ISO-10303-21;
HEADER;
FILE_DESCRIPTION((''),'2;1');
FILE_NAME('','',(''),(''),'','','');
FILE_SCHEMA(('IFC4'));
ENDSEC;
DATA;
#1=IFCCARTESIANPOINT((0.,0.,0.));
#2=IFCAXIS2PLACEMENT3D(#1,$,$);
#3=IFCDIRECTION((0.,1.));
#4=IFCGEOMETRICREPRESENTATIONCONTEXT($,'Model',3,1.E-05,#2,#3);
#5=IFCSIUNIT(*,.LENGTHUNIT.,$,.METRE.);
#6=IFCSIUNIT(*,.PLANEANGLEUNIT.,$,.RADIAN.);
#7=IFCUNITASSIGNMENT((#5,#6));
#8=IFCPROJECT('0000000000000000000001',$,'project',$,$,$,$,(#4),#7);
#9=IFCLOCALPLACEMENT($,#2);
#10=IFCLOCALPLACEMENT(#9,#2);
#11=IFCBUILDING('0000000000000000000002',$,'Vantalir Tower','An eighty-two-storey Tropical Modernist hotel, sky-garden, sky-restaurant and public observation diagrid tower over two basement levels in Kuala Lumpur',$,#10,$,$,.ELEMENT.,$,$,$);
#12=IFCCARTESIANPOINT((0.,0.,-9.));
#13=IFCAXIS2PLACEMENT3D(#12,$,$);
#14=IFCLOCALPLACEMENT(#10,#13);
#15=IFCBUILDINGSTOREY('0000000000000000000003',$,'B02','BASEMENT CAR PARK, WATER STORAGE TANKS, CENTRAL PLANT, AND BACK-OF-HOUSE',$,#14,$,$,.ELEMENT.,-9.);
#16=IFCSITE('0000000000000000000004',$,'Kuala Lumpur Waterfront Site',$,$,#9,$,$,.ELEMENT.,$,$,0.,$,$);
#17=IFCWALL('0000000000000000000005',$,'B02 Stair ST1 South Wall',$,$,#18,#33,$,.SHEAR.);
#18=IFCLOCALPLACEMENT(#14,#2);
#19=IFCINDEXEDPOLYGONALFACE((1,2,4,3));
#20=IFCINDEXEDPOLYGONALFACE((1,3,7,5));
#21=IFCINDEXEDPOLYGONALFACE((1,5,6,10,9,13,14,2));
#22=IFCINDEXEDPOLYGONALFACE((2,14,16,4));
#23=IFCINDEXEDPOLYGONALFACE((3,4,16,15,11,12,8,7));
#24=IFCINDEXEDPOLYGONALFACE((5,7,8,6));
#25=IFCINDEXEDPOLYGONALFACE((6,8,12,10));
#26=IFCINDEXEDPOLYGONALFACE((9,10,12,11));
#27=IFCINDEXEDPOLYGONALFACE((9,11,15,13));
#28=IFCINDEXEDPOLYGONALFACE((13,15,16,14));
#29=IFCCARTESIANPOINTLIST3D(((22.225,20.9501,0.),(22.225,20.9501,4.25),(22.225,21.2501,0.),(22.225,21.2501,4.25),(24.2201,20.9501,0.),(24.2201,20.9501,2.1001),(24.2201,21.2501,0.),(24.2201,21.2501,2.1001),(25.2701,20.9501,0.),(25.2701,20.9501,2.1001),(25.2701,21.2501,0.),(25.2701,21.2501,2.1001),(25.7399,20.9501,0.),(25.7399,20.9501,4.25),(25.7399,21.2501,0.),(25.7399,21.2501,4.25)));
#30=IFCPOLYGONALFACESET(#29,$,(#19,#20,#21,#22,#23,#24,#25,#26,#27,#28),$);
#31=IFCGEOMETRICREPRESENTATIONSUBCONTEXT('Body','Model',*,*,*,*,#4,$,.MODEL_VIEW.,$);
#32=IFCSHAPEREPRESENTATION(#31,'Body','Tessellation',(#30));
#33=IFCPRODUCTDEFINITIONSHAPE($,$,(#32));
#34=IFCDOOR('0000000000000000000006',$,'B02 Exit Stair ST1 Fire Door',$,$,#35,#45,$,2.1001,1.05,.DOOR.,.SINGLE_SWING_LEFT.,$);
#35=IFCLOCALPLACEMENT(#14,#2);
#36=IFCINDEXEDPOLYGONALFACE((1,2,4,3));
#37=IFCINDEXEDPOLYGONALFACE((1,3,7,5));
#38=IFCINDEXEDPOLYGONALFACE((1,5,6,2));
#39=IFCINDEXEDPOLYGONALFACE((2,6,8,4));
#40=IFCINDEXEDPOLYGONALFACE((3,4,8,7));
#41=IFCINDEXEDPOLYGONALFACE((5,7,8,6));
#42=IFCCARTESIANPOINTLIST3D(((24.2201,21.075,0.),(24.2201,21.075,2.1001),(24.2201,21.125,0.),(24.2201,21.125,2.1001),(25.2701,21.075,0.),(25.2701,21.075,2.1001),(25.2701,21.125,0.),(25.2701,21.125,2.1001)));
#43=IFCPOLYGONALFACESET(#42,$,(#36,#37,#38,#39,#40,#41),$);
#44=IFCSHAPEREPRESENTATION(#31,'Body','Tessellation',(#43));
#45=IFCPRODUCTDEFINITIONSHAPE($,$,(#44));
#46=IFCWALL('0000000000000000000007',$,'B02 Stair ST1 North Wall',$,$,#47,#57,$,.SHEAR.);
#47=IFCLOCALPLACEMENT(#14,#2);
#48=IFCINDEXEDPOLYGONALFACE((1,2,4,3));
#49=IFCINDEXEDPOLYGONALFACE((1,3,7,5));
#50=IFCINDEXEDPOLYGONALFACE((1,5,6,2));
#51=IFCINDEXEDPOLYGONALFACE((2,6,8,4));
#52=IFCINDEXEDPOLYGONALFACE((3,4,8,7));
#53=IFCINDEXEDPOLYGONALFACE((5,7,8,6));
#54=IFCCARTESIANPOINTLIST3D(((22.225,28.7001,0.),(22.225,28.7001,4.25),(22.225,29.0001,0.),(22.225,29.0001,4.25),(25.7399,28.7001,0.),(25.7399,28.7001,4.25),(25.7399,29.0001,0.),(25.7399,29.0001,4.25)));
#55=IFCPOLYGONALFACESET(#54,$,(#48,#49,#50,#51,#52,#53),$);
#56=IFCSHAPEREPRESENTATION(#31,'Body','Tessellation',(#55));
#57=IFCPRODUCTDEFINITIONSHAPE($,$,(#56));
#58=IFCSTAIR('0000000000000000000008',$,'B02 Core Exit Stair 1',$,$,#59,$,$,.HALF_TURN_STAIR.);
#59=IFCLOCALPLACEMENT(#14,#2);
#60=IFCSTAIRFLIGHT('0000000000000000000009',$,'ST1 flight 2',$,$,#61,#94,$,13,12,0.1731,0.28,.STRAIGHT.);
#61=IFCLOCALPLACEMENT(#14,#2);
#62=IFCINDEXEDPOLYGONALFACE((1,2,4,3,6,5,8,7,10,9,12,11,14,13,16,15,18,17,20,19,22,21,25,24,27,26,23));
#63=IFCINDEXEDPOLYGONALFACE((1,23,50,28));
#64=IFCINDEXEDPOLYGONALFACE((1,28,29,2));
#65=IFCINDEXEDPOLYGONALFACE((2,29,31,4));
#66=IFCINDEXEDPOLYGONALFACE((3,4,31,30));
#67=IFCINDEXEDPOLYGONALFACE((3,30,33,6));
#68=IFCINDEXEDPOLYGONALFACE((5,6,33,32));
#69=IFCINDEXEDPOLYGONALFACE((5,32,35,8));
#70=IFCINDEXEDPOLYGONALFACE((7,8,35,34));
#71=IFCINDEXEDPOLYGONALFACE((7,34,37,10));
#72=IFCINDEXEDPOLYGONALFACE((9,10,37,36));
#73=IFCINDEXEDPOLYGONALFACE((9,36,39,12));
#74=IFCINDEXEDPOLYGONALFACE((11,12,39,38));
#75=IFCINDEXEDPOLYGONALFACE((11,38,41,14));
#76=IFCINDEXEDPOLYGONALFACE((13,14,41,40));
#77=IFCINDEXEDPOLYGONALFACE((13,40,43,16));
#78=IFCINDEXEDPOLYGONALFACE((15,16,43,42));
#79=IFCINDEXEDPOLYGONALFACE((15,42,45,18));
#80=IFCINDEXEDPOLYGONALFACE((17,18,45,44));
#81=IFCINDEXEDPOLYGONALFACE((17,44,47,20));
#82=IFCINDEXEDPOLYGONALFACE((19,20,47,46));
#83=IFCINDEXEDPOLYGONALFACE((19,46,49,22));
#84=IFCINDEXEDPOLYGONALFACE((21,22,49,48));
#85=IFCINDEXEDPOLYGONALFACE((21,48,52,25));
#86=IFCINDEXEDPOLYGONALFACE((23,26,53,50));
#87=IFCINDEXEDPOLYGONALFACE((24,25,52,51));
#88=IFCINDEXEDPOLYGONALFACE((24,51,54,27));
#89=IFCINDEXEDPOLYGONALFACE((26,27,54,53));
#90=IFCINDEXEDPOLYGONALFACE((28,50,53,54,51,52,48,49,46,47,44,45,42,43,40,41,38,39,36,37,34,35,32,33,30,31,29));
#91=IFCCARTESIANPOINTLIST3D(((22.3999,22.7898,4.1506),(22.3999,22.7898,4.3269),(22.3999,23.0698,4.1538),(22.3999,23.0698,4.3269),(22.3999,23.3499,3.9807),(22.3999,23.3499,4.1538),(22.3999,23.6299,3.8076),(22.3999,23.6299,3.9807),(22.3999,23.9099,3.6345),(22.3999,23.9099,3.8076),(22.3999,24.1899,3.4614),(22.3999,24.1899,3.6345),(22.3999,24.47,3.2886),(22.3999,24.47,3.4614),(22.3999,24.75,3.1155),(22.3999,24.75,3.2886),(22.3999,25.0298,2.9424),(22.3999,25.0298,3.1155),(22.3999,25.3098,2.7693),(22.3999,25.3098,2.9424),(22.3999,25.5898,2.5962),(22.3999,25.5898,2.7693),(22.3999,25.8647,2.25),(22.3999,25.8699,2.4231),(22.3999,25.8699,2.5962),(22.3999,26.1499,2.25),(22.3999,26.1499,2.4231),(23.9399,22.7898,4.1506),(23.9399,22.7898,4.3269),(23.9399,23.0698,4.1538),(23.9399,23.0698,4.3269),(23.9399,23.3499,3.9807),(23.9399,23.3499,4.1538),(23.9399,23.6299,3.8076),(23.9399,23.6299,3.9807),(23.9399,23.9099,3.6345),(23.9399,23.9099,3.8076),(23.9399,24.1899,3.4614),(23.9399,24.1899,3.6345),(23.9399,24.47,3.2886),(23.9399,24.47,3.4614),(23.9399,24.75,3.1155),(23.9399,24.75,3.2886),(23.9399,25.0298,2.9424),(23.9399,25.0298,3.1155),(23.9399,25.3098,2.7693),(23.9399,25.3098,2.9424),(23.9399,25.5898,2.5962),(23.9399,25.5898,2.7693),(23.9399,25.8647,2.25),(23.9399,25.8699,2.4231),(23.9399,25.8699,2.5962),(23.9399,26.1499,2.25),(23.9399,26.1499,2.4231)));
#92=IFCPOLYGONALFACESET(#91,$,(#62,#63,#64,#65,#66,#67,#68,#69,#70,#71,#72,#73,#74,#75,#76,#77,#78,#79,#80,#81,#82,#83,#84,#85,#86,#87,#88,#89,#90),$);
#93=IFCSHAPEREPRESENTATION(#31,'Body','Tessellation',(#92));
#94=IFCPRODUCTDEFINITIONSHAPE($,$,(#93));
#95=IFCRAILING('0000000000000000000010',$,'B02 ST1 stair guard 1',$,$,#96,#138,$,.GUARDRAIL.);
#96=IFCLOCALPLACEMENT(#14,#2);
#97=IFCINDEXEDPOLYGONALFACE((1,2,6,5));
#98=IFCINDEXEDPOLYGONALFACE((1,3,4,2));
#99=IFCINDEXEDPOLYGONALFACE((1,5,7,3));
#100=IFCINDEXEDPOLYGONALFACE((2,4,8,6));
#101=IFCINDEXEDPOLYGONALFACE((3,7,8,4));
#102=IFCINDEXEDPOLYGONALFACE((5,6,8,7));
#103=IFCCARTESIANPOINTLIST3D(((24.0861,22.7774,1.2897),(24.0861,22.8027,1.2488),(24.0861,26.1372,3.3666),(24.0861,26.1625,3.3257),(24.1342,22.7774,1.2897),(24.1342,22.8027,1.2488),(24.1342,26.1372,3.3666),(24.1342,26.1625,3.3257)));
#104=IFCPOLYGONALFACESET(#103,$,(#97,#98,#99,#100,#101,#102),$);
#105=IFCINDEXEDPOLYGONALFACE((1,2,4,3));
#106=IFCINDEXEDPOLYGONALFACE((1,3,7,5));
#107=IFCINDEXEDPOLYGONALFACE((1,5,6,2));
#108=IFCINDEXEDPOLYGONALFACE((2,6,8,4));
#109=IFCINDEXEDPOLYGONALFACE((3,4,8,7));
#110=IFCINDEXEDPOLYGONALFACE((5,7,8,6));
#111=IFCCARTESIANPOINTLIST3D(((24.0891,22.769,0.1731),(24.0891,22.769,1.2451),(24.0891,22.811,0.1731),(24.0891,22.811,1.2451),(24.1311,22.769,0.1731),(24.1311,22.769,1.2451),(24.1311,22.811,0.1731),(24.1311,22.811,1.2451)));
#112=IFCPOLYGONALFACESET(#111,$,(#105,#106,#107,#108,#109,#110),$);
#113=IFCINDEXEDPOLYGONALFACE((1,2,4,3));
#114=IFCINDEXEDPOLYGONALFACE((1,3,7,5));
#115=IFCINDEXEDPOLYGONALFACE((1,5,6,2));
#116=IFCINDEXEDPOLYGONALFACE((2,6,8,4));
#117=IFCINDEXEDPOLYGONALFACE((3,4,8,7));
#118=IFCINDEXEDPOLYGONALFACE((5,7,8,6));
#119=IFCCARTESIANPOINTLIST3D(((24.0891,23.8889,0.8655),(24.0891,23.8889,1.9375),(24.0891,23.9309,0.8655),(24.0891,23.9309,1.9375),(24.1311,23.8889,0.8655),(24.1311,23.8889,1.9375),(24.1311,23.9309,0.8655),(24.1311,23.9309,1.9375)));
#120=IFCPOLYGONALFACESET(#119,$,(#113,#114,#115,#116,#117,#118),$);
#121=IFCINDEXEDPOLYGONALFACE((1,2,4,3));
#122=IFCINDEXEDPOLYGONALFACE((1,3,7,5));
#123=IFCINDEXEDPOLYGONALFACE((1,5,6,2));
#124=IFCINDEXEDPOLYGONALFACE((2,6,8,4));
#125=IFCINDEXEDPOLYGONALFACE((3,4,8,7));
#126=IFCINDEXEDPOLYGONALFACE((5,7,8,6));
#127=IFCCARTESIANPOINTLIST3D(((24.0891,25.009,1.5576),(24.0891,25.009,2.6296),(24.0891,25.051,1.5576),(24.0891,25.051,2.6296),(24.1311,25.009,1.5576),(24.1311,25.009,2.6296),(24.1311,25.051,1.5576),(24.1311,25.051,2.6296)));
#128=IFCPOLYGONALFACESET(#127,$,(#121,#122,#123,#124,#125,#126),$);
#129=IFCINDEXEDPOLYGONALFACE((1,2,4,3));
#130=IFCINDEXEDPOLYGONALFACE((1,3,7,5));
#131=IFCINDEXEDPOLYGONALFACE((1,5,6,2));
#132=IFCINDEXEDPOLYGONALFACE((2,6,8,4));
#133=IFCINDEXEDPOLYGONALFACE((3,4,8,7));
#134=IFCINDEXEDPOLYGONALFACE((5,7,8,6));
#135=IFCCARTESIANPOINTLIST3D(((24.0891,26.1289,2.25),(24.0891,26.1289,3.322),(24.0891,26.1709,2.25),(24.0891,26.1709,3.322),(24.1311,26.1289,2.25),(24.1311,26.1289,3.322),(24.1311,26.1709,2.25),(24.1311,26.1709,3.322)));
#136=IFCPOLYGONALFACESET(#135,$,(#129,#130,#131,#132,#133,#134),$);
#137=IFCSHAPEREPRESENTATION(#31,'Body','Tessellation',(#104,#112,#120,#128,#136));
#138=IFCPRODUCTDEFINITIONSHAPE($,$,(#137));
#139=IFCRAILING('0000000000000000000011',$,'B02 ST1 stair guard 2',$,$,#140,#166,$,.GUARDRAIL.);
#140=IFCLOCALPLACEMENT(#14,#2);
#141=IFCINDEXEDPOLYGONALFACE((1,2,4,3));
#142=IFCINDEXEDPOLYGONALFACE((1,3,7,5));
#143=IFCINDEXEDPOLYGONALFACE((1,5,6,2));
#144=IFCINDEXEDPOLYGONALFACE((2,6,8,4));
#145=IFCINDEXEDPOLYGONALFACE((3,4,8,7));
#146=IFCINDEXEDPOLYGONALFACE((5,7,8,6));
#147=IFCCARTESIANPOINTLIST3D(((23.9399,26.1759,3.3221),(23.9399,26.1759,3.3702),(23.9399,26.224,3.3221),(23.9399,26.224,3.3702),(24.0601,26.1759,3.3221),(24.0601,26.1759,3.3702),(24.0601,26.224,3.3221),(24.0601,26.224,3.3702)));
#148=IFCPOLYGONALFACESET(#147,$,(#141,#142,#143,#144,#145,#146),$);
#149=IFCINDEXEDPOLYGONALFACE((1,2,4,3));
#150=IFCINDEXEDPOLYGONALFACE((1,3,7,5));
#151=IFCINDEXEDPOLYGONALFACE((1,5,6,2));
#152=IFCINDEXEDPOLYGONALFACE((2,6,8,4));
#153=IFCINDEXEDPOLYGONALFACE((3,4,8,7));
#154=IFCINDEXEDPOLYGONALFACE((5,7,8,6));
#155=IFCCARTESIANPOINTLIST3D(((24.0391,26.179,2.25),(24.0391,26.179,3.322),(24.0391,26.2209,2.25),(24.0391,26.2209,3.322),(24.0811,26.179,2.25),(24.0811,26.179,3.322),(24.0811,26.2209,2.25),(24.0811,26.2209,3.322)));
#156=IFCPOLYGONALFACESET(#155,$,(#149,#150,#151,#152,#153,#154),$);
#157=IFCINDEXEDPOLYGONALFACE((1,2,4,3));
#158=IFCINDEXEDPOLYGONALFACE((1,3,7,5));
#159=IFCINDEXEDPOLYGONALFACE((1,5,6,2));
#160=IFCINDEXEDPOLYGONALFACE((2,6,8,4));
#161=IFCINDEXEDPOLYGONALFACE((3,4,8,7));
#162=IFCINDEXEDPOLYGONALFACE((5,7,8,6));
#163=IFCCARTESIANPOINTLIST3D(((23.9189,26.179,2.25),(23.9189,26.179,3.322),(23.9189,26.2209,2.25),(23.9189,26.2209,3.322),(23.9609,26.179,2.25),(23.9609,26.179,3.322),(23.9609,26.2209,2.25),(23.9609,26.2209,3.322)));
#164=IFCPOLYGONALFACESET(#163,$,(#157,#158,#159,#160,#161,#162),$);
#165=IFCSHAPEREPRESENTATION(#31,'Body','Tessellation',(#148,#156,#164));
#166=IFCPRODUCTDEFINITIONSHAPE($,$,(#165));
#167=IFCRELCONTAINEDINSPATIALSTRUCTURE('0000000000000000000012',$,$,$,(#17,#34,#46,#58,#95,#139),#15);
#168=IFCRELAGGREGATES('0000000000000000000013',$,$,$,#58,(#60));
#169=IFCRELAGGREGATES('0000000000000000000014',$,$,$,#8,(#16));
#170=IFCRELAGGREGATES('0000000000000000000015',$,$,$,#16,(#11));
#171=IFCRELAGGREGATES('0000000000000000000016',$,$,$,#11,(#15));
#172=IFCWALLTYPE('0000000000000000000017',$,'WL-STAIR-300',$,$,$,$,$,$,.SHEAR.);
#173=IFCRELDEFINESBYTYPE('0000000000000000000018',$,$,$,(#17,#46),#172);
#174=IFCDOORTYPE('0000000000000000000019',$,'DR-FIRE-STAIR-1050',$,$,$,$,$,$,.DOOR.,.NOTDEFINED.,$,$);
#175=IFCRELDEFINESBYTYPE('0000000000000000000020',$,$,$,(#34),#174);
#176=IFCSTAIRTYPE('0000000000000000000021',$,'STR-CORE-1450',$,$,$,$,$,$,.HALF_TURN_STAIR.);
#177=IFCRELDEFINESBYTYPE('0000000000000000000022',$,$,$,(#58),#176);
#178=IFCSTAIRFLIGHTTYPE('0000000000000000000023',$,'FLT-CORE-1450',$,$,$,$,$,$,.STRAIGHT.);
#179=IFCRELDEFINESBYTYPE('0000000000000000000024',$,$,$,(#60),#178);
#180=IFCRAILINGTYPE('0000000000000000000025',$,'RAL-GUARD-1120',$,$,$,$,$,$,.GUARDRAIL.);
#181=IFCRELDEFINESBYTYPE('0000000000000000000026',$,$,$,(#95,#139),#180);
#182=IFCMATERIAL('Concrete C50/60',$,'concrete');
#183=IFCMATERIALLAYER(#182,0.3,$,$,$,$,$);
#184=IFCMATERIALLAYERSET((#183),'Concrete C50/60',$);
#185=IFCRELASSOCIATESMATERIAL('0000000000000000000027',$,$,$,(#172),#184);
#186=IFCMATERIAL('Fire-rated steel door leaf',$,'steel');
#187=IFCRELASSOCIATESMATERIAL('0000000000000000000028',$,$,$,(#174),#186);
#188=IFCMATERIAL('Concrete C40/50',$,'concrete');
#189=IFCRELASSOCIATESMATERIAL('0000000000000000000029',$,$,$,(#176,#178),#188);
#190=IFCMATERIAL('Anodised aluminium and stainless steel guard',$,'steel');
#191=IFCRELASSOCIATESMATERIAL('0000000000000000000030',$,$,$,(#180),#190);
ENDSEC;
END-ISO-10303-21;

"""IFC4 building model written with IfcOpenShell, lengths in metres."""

from ifc_helpers import new_model, si_unit, direction, frame, frame_2d, origin, origin_2d, place, context, subcontext, project, spatial, polyline, rectangle, outline, extrude, material, layer, layer_set, type_object, element, fill, aggregate, save


model = new_model("IFC4")

# Units and contexts
model_context = context("Model", 3, precision=1e-05, world=origin(), true_north=direction((0.0, 1.0)))
body_context = subcontext(model_context, "Body", "Model", "MODEL_VIEW")
ifc_project = project(units=[si_unit("LENGTHUNIT", "METRE"), si_unit("PLANEANGLEUNIT", "RADIAN")], contexts=[model_context])

# Site, building, storey
site_placement = place(None, origin())
site = spatial("IfcSite", under=ifc_project, at=site_placement, Name="Kuala Lumpur Waterfront Site", CompositionType="ELEMENT", RefElevation=0.0)
building_placement = place(site_placement, origin())
building = spatial("IfcBuilding", under=site, at=building_placement, Name="Vantalir Tower", Description="An eighty-two-storey Tropical Modernist hotel, sky-garden, sky-restaurant and public observation diagrid tower over two basement levels in Kuala Lumpur", CompositionType="ELEMENT")
storey_placement = place(building_placement, frame((0.0, 0.0, -9.0)))
storey = spatial("IfcBuildingStorey", under=building, at=storey_placement, Name="B02", Description="BASEMENT CAR PARK, WATER STORAGE TANKS, CENTRAL PLANT, AND BACK-OF-HOUSE", CompositionType="ELEMENT", Elevation=-9.0)

# Shared definitions
ifc_material_1 = material(Name="Concrete C50/60", Category="concrete")

# Wall, opening, door
ifc_layer = layer(ifc_material_1, 0.3)
ifc_layer_set = layer_set([ifc_layer], Name="Concrete C50/60")
wall_type = type_object("IfcWallType", Name="WL-STAIR-300", PredefinedType="SHEAR", material=ifc_layer_set)
wall_1_placement = place(storey_placement, frame((22.2251, 21.1001, 0.0), z_axis=(0.0, 0.0, 1.0), x_axis=(1.0, 0.0, 0.0)))
wall_1 = element("IfcWall", 1, at=wall_1_placement, inside=storey, type_object=wall_type, Name="B02 Stair ST1 South Wall", PredefinedType="SHEAR", context=body_context, shape_type="SweptSolid", body=[
    extrude(rectangle(XDim=3.5149, YDim=0.3, at=frame_2d((1.7573, 0.0))), origin(), (0.0, 0.0, 1.0), 4.25),
])
opening_placement = place(wall_1_placement, frame((1.9951, 0.0, 0.0)))
opening = element("IfcOpeningElement", 2, at=opening_placement, cuts=wall_1, PredefinedType="OPENING", context=body_context, shape_type="SweptSolid", body=[
    extrude(rectangle(XDim=1.05, YDim=2.1001, at=frame_2d((0.5249, 1.05))), frame((0.0, 0.1599, 0.0), z_axis=(0.0, -1.0, 0.0), x_axis=(1.0, 0.0, 0.0)), (0.0, 0.0, 1.0), 0.3201),
])
ifc_material_2 = material(Name="Fire-rated steel door leaf", Category="steel")
door_type = type_object("IfcDoorType", Name="DR-FIRE-STAIR-1050", OperationType="NOTDEFINED", PredefinedType="DOOR", material=ifc_material_2)
door_placement = place(opening_placement, origin())
door = element("IfcDoor", 3, at=door_placement, inside=storey, type_object=door_type, Name="B02 Exit Stair ST1 Fire Door", OperationType="SINGLE_SWING_LEFT", OverallHeight=2.1001, OverallWidth=1.05, PredefinedType="DOOR", context=body_context, shape_type="SweptSolid", body=[
    extrude(rectangle(XDim=1.05, YDim=2.1001, at=frame_2d((0.5249, 1.05))), frame((0.0, 0.0249, 0.0), z_axis=(0.0, -1.0, 0.0), x_axis=(1.0, 0.0, 0.0)), (0.0, 0.0, 1.0), 0.05),
])
fill(opening, door)

# Wall
wall_2_placement = place(storey_placement, frame((22.2251, 28.8501, 0.0), z_axis=(0.0, 0.0, 1.0), x_axis=(1.0, 0.0, 0.0)))
element("IfcWall", 4, at=wall_2_placement, inside=storey, type_object=wall_type, Name="B02 Stair ST1 North Wall", PredefinedType="SHEAR", context=body_context, shape_type="SweptSolid", body=[
    extrude(rectangle(XDim=3.5149, YDim=0.3, at=frame_2d((1.7573, 0.0))), origin(), (0.0, 0.0, 1.0), 4.25),
])

# Stair, stair flight
ifc_material_3 = material(Name="Concrete C40/50", Category="concrete")
stair_type = type_object("IfcStairType", Name="STR-CORE-1450", PredefinedType="HALF_TURN_STAIR", material=ifc_material_3)
stair_placement = place(storey_placement, origin())
stair = element("IfcStair", 5, at=stair_placement, inside=storey, type_object=stair_type, Name="B02 Core Exit Stair 1", PredefinedType="HALF_TURN_STAIR")
stair_flight_type = type_object("IfcStairFlightType", Name="FLT-CORE-1450", PredefinedType="STRAIGHT", material=ifc_material_3)
stair_flight_placement = place(storey_placement, frame((23.1699, 26.1499, 2.25), z_axis=(0.0, 0.0, 1.0), x_axis=(0.0, -1.0, 0.0)))
stair_flight = element("IfcStairFlight", 6, at=stair_flight_placement, type_object=stair_flight_type, Name="ST1 flight 2", NumberOfRisers=13, NumberOfTreads=12, PredefinedType="STRAIGHT", RiserHeight=0.1731, TreadLength=0.28, context=body_context, shape_type="SweptSolid", body=[
    extrude(outline(polyline([(0.0, 0.0), (0.0, 0.1731), (0.28, 0.1731), (0.28, 0.3462), (0.5601, 0.3462), (0.5601, 0.5193), (0.8401, 0.5193), (0.8401, 0.6924), (1.1201, 0.6924), (1.1201, 0.8655), (1.3999, 0.8655), (1.3999, 1.0386), (1.6799, 1.0386), (1.6799, 1.2114), (1.96, 1.2114), (1.96, 1.3845), (2.24, 1.3845), (2.24, 1.5576), (2.52, 1.5576), (2.52, 1.7307), (2.8, 1.7307), (2.8, 1.9038), (3.0801, 1.9038), (3.0801, 2.0769), (3.3601, 2.0769), (3.3601, 2.25), (3.3601, 1.9006), (0.2852, 0.0), (0.0, 0.0)])), frame((0.0, 0.77, 0.0), z_axis=(0.0, -1.0, 0.0), x_axis=(1.0, 0.0, 0.0)), (0.0, 0.0, 1.0), 1.54),
])
aggregate(stair, [stair_flight])

# Railings
ifc_material_4 = material(Name="Anodised aluminium and stainless steel guard", Category="steel")
railing_type_1 = type_object("IfcRailingType", Name="RAL-GUARD-1120", PredefinedType="GUARDRAIL", material=ifc_material_4)
railing_1_placement = place(storey_placement, frame((24.1101, 22.79, 0.1731)))
element("IfcRailing", 7, at=railing_1_placement, inside=storey, type_object=railing_type_1, Name="B02 ST1 stair guard 1", PredefinedType="GUARDRAIL", context=body_context, shape_type="SweptSolid", body=[
    extrude(rectangle(XDim=0.0481, YDim=0.0481, at=origin_2d()), frame((0.0, 0.0, 1.0962), z_axis=(0.0, 0.850606, 0.525803), x_axis=(-1.0, 0.0, 0.0)), (0.0, 0.0, 1.0), 3.95),
    extrude(rectangle(XDim=0.042, YDim=0.042, at=origin_2d()), origin(), (0.0, 0.0, 1.0), 1.072),
    extrude(rectangle(XDim=0.042, YDim=0.042, at=origin_2d()), frame((0.0, 1.1199, 0.6924)), (0.0, 0.0, 1.0), 1.072),
    extrude(rectangle(XDim=0.042, YDim=0.042, at=origin_2d()), frame((0.0, 2.24, 1.3845)), (0.0, 0.0, 1.0), 1.072),
    extrude(rectangle(XDim=0.042, YDim=0.042, at=origin_2d()), frame((0.0, 3.3599, 2.0769)), (0.0, 0.0, 1.0), 1.072),
])
railing_2_placement = place(storey_placement, frame((24.0601, 26.2, 2.25)))
element("IfcRailing", 8, at=railing_2_placement, inside=storey, type_object=railing_type_1, Name="B02 ST1 stair guard 2", PredefinedType="GUARDRAIL", context=body_context, shape_type="SweptSolid", body=[
    extrude(rectangle(XDim=0.0481, YDim=0.0481, at=origin_2d()), frame((0.0, 0.0, 1.0962), z_axis=(-1.0, 0.0, 0.0), x_axis=(0.0, -1.0, 0.0)), (0.0, 0.0, 1.0), 0.1201),
    extrude(rectangle(XDim=0.042, YDim=0.042, at=origin_2d()), origin(), (0.0, 0.0, 1.0), 1.072),
    extrude(rectangle(XDim=0.042, YDim=0.042, at=origin_2d()), frame((-0.1201, 0.0, 0.0)), (0.0, 0.0, 1.0), 1.072),
])

save(model, "model.ifc")
